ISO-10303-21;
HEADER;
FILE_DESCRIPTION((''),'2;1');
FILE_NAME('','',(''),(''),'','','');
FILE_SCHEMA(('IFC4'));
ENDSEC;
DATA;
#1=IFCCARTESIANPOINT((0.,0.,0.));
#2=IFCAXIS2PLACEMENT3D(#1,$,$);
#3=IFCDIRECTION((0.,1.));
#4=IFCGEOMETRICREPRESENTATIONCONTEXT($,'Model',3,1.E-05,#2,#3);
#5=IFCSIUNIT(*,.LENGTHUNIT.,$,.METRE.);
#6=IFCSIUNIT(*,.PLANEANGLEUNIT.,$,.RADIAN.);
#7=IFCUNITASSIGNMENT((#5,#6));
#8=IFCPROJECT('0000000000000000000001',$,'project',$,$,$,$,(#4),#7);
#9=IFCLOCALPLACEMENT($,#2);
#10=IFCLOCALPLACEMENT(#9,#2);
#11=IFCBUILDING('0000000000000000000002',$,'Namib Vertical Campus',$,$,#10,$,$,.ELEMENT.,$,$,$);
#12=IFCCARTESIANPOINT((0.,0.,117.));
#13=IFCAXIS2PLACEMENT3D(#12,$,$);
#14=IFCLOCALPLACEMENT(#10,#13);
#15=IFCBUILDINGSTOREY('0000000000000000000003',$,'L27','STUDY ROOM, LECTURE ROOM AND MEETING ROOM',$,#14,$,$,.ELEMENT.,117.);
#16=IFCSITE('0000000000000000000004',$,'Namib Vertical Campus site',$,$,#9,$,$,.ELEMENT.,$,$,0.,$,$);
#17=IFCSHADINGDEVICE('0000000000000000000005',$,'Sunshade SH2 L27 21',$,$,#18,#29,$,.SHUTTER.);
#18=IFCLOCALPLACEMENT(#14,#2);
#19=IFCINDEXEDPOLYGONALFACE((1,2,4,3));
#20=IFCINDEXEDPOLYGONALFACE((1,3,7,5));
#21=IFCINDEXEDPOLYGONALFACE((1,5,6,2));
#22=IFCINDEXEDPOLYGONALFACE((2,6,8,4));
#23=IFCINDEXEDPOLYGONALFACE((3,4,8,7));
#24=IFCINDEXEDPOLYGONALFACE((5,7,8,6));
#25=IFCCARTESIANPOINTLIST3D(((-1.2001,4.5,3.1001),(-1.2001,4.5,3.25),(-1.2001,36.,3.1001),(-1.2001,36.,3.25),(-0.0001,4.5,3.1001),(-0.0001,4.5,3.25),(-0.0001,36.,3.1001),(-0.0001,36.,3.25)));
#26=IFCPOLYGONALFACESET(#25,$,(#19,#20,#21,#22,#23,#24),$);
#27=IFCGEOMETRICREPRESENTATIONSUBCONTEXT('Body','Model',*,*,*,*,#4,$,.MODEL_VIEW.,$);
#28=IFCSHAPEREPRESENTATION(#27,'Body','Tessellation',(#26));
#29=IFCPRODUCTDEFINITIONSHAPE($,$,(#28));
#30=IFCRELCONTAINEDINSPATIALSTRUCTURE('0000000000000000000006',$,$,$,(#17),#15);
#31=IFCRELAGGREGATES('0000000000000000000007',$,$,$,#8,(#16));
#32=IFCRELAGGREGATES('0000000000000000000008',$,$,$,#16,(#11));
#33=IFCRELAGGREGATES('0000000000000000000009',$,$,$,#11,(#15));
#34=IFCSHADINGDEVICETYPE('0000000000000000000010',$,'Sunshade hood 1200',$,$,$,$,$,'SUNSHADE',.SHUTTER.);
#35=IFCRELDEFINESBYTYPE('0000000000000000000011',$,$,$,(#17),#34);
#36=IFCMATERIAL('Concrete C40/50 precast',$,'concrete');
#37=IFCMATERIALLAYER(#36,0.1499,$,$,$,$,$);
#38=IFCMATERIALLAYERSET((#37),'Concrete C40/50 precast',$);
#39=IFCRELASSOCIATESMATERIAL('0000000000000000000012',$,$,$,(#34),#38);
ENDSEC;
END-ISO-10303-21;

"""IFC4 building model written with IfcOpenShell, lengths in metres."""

from ifc_helpers import new_model, si_unit, direction, frame, origin, origin_2d, place, context, subcontext, project, spatial, rectangle, extrude, material, layer, layer_set, type_object, element, save


model = new_model("IFC4")

# Units and contexts
model_context = context("Model", 3, precision=1e-05, world=origin(), true_north=direction((0.0, 1.0)))
body_context = subcontext(model_context, "Body", "Model", "MODEL_VIEW")
ifc_project = project(units=[si_unit("LENGTHUNIT", "METRE"), si_unit("PLANEANGLEUNIT", "RADIAN")], contexts=[model_context])

# Site, building, storey
site_placement = place(None, origin())
site = spatial("IfcSite", under=ifc_project, at=site_placement, Name="Namib Vertical Campus site", CompositionType="ELEMENT", RefElevation=0.0)
building_placement = place(site_placement, origin())
building = spatial("IfcBuilding", under=site, at=building_placement, Name="Namib Vertical Campus", CompositionType="ELEMENT")
storey_placement = place(building_placement, frame((0.0, 0.0, 117.0)))
storey = spatial("IfcBuildingStorey", under=building, at=storey_placement, Name="L27", Description="STUDY ROOM, LECTURE ROOM AND MEETING ROOM", CompositionType="ELEMENT", Elevation=117.0)

# Shading device
ifc_material_1 = material(Name="Concrete C40/50 precast", Category="concrete")
ifc_layer_1 = layer(ifc_material_1, 0.1499)
ifc_layer_set_1 = layer_set([ifc_layer_1], Name="Concrete C40/50 precast")
shading_device_type = type_object("IfcShadingDeviceType", Name="Sunshade hood 1200", ElementType="SUNSHADE", PredefinedType="SHUTTER", material=ifc_layer_set_1)
shading_device_placement = place(storey_placement, frame((-0.6001, 20.25, 3.1001), z_axis=(0.0, 0.0, 1.0), x_axis=(0.0, -1.0, 0.0)))
element("IfcShadingDevice", 1, at=shading_device_placement, inside=storey, type_object=shading_device_type, Name="Sunshade SH2 L27 21", PredefinedType="SHUTTER", context=body_context, shape_type="SweptSolid", body=[
    extrude(rectangle(XDim=31.5, YDim=1.2, at=origin_2d()), origin(), (0.0, 0.0, 1.0), 0.1499),
])

save(model, "model.ifc")
